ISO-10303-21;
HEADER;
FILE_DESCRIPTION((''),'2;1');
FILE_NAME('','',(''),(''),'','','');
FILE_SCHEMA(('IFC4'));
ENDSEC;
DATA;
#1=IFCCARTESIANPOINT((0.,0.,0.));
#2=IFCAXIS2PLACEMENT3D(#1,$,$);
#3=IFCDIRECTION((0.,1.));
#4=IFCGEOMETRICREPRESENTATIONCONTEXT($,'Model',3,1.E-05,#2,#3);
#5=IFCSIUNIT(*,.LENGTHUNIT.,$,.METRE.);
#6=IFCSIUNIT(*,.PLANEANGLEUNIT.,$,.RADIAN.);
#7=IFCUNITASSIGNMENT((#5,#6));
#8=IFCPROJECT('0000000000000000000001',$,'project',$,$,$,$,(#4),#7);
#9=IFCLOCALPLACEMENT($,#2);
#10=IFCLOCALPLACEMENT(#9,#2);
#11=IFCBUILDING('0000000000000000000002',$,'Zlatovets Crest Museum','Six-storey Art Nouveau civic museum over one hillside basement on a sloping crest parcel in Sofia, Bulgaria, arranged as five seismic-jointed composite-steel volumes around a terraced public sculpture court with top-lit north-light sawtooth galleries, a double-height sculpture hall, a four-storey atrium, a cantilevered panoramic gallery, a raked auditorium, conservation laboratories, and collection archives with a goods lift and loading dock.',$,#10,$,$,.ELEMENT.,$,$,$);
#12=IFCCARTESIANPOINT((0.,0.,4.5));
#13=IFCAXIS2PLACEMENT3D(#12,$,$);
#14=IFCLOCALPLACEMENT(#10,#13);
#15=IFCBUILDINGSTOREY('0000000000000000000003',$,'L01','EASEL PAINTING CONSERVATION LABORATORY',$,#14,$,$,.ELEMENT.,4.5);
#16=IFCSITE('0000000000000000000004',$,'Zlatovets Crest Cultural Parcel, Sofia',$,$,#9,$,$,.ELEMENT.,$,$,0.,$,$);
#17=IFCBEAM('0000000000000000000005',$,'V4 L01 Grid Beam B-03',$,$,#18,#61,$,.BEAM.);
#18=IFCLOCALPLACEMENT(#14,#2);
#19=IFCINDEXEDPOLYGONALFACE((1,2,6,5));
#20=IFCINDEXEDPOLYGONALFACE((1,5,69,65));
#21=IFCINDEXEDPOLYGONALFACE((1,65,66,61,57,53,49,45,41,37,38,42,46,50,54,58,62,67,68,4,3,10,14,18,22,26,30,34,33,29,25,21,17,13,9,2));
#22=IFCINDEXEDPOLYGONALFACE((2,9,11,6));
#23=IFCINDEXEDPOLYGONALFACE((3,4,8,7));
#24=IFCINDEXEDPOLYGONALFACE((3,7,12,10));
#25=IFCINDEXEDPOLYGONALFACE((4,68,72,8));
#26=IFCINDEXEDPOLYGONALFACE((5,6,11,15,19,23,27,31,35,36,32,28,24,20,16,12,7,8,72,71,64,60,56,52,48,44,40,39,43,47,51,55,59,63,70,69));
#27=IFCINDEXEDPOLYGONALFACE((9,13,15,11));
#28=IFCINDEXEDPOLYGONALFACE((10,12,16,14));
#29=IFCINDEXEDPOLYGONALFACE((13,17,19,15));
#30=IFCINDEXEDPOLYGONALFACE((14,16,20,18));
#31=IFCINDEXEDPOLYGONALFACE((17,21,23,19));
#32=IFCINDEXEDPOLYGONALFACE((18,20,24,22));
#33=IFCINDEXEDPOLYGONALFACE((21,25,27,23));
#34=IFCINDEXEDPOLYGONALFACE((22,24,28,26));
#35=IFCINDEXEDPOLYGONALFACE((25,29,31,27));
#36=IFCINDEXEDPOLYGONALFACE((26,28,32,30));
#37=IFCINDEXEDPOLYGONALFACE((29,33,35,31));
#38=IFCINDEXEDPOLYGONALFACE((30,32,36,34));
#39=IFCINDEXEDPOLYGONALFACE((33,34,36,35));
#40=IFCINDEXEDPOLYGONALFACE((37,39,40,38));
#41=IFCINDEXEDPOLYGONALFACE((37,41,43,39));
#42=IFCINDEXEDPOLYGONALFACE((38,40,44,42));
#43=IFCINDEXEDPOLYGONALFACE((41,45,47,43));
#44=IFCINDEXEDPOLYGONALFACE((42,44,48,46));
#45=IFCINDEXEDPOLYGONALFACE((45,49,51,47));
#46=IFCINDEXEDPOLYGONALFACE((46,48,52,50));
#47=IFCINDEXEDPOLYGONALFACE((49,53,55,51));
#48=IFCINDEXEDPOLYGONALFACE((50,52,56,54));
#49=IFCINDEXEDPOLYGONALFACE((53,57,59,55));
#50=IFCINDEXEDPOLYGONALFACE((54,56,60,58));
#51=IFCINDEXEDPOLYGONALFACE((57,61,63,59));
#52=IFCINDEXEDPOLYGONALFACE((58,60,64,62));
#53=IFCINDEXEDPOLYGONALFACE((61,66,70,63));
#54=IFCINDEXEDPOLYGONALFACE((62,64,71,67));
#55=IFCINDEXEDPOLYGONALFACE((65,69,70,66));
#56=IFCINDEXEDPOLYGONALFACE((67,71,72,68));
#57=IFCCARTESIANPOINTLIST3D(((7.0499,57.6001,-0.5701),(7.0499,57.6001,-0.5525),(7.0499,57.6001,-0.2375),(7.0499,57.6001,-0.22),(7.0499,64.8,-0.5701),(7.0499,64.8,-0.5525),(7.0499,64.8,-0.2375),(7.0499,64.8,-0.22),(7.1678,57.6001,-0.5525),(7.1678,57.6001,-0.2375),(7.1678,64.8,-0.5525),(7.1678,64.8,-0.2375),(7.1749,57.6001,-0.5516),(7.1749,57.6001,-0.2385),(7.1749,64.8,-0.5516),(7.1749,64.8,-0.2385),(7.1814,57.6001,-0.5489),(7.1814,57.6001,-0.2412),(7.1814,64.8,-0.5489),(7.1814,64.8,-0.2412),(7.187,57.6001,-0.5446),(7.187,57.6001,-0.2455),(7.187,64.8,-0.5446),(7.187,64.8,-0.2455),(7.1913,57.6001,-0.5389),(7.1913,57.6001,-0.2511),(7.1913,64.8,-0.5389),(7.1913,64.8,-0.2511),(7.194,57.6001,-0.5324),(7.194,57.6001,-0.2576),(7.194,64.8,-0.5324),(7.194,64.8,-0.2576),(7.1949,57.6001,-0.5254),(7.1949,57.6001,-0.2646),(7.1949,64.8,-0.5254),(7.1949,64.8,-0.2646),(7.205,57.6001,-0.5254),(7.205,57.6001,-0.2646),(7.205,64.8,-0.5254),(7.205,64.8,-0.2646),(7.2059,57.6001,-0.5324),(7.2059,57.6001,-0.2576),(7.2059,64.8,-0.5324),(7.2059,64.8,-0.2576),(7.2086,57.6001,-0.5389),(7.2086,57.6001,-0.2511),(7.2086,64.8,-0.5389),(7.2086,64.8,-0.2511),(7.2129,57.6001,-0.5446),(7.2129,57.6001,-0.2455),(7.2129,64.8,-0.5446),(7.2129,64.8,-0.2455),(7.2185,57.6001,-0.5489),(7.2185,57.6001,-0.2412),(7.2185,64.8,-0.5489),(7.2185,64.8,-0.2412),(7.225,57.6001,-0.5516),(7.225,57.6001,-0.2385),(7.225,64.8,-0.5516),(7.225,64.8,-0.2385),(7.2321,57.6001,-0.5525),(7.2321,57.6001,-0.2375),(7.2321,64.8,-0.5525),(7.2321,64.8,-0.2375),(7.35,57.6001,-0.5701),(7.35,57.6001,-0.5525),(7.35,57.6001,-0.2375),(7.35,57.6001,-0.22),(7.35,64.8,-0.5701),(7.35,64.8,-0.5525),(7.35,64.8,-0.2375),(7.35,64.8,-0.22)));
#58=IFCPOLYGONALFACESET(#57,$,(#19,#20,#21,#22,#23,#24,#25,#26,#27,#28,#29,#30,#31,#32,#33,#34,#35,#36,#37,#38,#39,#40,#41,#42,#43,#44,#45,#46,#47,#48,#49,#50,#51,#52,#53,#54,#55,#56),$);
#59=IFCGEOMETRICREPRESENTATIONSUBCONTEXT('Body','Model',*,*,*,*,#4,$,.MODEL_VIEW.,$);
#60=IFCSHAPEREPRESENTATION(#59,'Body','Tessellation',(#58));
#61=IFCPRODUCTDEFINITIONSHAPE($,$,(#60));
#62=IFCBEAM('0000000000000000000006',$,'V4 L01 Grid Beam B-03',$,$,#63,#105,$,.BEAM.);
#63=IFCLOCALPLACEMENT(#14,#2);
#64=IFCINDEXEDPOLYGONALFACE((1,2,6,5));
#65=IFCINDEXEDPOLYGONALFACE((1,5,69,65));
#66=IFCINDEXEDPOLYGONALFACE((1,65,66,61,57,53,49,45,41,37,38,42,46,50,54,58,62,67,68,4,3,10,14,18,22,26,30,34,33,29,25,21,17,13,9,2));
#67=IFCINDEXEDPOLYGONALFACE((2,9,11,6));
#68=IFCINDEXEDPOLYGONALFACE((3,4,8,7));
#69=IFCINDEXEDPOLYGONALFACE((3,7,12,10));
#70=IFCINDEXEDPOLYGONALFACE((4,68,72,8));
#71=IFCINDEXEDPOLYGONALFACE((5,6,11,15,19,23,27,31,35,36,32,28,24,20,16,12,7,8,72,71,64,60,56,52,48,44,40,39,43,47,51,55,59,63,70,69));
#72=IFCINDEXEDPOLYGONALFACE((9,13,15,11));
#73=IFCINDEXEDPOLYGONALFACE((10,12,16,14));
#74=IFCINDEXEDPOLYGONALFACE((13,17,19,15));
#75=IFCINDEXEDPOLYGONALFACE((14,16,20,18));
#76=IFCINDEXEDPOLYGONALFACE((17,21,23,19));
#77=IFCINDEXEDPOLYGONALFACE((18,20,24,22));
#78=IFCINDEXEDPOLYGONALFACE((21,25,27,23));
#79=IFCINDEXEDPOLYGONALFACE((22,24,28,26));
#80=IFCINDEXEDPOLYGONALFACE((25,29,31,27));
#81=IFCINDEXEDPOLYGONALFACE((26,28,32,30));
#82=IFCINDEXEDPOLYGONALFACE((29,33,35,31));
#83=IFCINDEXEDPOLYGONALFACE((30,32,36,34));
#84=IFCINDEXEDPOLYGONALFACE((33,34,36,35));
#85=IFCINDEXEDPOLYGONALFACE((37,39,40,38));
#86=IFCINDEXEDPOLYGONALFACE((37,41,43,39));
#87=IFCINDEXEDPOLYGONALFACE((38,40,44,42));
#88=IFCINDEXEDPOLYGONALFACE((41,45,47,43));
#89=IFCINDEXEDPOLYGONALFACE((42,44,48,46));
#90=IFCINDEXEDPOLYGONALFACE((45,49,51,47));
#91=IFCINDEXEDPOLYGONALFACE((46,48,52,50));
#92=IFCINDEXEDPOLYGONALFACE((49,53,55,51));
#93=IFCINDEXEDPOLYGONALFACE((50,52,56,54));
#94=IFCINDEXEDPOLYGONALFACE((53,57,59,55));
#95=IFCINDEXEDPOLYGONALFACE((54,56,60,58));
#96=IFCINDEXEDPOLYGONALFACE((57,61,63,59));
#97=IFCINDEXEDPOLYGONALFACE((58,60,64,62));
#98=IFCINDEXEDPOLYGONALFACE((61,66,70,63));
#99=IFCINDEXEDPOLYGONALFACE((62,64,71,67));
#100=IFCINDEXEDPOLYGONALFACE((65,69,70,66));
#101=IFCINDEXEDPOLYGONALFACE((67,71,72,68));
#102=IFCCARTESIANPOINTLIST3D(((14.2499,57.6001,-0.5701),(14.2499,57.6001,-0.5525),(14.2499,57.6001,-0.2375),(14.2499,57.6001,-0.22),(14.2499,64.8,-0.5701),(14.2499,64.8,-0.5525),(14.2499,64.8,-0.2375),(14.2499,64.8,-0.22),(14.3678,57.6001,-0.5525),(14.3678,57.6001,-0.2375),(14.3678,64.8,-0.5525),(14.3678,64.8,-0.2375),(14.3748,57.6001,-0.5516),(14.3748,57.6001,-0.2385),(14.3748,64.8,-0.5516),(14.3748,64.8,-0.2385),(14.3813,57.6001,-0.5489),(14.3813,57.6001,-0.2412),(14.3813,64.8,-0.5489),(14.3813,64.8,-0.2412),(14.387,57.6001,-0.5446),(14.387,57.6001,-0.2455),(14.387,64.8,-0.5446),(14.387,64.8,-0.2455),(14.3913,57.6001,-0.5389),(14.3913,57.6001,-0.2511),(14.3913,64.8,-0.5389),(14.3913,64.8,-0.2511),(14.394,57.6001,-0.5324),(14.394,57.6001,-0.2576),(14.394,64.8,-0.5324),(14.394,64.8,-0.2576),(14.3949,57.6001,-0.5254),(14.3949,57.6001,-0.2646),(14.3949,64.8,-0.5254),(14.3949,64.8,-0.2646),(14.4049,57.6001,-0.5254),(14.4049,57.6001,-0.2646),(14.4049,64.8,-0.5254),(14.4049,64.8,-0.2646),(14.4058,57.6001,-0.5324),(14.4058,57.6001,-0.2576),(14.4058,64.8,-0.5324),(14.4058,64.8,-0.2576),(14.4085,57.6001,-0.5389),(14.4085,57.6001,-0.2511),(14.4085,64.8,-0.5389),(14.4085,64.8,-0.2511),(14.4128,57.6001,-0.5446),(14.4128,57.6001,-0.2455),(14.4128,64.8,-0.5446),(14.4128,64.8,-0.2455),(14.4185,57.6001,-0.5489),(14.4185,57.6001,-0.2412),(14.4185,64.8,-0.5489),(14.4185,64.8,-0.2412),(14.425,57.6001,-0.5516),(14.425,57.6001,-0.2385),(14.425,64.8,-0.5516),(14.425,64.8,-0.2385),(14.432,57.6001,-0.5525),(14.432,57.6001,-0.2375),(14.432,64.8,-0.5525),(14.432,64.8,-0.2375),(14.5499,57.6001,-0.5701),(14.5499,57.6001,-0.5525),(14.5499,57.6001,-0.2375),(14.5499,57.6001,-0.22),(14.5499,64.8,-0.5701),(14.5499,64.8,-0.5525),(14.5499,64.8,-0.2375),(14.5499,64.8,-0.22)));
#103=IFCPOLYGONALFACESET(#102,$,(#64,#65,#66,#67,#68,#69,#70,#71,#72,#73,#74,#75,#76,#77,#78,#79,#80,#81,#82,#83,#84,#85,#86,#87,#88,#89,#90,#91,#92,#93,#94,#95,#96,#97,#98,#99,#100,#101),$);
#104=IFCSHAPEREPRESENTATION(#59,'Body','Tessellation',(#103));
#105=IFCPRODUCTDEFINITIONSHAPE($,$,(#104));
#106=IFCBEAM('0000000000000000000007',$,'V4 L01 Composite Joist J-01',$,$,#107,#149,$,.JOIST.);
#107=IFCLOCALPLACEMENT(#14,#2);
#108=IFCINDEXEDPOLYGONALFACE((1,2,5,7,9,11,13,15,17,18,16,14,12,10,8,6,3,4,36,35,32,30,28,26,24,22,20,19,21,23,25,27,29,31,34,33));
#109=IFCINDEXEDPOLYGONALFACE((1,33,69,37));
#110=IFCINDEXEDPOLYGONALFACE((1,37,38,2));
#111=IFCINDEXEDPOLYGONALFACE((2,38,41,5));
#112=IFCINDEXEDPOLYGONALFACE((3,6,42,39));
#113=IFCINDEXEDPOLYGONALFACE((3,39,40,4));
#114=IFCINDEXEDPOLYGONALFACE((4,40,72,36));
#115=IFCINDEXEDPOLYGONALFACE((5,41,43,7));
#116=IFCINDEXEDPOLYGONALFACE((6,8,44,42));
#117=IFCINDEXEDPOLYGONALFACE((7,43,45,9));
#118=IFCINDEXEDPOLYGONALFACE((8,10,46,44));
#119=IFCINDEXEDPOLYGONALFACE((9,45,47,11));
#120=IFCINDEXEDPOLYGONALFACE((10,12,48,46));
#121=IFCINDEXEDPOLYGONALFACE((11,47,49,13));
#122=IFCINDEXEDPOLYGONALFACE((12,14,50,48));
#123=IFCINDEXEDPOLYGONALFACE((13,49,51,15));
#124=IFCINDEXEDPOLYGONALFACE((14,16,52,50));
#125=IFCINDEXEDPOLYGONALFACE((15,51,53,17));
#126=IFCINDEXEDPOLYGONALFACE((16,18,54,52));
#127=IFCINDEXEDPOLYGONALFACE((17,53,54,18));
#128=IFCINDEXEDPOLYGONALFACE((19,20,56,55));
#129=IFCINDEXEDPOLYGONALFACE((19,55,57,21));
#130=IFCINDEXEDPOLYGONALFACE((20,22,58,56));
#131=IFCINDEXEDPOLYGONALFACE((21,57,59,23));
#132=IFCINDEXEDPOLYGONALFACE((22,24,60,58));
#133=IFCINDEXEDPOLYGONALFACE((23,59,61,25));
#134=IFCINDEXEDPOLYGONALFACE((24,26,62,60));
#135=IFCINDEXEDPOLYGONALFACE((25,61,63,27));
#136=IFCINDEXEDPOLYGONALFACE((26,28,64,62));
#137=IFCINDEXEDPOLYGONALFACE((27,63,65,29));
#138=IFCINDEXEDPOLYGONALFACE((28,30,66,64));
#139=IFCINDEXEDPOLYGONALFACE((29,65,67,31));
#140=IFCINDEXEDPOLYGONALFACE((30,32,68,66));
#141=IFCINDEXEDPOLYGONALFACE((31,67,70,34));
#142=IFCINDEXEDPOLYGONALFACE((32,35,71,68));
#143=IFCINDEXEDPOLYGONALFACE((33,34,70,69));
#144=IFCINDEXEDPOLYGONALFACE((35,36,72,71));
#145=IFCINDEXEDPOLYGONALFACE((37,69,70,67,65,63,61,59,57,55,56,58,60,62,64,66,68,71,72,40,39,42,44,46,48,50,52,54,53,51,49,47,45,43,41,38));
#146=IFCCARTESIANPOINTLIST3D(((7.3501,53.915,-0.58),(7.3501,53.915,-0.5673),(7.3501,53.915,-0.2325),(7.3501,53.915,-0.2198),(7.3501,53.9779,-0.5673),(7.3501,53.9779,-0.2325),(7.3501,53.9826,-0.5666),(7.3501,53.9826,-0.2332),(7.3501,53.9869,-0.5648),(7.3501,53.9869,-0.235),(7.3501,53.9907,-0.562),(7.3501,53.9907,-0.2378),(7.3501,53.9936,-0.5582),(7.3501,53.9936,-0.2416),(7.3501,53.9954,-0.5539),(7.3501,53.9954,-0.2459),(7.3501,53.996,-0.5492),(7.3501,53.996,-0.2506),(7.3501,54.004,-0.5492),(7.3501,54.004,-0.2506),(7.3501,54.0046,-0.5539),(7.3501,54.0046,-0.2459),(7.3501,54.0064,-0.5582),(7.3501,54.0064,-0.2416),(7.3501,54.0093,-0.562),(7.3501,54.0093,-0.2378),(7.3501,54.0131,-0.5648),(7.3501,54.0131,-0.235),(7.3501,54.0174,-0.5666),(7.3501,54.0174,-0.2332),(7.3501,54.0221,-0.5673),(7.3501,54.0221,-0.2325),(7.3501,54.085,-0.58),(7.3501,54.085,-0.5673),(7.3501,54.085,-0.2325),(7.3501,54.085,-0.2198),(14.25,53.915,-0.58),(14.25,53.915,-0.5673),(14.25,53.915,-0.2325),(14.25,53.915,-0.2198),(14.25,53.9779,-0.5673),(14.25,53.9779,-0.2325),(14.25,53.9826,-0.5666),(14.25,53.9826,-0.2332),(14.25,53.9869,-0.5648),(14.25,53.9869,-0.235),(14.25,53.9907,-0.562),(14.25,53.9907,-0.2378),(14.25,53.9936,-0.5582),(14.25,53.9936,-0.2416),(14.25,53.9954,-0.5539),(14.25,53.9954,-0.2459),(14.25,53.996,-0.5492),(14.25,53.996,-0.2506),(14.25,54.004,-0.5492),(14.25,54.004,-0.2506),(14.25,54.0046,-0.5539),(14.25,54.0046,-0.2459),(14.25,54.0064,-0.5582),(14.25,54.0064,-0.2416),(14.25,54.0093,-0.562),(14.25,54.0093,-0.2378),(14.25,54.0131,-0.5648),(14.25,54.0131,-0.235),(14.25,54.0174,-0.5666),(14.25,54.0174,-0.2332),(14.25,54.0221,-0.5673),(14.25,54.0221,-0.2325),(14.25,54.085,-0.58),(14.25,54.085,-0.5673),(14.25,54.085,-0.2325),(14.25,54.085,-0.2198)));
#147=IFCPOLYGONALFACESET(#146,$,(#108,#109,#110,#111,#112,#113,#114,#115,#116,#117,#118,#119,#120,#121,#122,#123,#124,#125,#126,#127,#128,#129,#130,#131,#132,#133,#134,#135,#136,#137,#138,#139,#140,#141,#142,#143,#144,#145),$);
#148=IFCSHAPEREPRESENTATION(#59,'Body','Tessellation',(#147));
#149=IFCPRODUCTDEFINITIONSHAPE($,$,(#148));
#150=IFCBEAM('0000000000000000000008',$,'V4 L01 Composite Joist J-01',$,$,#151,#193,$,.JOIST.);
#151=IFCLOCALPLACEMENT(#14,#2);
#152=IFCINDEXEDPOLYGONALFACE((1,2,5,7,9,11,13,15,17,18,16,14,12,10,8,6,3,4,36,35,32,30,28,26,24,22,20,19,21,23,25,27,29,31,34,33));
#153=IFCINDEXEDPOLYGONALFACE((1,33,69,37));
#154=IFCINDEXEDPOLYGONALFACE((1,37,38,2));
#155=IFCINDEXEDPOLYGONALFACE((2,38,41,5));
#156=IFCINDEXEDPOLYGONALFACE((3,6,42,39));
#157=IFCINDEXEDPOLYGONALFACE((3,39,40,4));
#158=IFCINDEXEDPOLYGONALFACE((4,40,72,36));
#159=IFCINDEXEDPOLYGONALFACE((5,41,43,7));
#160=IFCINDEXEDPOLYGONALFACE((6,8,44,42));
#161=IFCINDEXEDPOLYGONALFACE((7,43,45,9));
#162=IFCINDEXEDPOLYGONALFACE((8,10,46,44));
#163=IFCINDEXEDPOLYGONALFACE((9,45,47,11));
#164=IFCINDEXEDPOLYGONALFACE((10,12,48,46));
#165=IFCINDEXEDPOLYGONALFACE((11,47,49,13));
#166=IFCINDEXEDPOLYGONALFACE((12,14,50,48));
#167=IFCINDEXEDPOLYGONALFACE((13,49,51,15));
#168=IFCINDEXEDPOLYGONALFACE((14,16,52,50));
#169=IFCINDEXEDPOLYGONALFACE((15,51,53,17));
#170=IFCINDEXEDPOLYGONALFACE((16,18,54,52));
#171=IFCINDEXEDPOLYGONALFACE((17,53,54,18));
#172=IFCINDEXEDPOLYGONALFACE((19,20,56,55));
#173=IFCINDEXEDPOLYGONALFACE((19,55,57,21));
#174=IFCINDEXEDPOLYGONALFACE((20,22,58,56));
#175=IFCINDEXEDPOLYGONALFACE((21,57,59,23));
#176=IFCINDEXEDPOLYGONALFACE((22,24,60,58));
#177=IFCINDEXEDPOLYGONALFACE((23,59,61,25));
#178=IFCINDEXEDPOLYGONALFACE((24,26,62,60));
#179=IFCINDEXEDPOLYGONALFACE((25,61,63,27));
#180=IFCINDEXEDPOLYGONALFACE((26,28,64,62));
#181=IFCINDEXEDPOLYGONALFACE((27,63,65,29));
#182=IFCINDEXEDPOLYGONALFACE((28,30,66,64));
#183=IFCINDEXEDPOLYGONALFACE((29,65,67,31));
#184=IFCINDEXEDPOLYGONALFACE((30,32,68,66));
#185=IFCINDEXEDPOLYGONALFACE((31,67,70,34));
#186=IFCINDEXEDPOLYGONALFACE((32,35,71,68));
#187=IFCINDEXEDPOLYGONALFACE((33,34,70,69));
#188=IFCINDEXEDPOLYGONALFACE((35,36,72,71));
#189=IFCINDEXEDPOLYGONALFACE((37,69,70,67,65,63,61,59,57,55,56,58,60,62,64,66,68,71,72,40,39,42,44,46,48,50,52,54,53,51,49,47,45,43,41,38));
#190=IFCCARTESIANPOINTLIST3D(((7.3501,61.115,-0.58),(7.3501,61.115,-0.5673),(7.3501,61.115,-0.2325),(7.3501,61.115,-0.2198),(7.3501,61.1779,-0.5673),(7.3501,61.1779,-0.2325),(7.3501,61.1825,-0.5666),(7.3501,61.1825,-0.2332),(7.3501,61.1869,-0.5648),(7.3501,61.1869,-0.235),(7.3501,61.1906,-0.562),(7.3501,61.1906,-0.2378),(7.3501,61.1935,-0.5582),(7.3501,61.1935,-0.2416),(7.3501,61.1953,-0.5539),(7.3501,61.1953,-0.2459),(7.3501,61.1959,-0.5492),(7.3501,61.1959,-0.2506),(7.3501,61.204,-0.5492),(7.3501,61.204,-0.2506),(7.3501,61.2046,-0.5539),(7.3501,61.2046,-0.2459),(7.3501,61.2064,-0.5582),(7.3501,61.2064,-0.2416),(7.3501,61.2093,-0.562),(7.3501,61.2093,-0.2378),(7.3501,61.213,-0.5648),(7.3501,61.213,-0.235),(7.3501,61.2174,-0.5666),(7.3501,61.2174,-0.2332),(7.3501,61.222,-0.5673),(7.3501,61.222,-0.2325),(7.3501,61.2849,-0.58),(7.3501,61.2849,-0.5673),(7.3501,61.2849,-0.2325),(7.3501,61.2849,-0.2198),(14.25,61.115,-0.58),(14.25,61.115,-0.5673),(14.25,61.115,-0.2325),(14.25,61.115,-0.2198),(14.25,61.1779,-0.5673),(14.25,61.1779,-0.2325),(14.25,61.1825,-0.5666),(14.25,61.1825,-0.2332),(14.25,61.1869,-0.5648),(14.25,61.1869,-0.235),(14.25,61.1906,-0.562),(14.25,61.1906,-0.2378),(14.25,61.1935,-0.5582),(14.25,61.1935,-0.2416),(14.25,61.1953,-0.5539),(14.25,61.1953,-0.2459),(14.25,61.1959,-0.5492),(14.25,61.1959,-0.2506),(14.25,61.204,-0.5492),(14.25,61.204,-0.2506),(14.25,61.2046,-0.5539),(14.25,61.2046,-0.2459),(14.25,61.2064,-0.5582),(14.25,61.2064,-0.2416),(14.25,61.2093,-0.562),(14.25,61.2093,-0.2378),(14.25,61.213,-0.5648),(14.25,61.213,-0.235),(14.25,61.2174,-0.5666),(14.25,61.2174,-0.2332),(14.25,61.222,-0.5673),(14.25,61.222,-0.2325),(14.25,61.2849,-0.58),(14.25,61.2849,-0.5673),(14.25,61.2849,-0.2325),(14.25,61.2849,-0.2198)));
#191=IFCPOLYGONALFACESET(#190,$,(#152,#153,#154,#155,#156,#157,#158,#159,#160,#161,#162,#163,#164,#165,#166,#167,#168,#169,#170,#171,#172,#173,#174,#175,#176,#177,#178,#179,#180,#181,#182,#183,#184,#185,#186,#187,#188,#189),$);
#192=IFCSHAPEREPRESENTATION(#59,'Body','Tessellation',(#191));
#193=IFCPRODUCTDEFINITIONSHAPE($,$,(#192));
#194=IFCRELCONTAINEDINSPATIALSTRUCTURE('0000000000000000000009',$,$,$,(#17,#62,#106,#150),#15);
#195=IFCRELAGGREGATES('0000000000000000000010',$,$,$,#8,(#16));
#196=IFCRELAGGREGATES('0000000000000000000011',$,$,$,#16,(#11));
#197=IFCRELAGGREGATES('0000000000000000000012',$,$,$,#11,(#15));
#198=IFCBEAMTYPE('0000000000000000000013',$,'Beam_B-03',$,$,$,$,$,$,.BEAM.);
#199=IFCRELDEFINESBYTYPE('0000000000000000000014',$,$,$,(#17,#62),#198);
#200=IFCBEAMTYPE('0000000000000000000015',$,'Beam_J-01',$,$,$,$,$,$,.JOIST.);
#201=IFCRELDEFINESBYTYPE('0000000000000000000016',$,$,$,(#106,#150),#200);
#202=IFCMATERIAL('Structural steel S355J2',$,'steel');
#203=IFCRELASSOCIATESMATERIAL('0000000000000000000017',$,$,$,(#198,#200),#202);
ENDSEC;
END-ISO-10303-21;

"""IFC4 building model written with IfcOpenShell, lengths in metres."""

from ifc_helpers import new_model, si_unit, direction, frame, origin, origin_2d, place, context, subcontext, project, spatial, i_section, extrude, material, material_profile, profile_set, type_object, element, save


model = new_model("IFC4")

# Units and contexts
model_context = context("Model", 3, precision=1e-05, world=origin(), true_north=direction((0.0, 1.0)))
body_context = subcontext(model_context, "Body", "Model", "MODEL_VIEW")
ifc_project = project(units=[si_unit("LENGTHUNIT", "METRE"), si_unit("PLANEANGLEUNIT", "RADIAN")], contexts=[model_context])

# Site, building, storey
site_placement = place(None, origin())
site = spatial("IfcSite", under=ifc_project, at=site_placement, Name="Zlatovets Crest Cultural Parcel, Sofia", CompositionType="ELEMENT", RefElevation=0.0)
building_placement = place(site_placement, origin())
building = spatial("IfcBuilding", under=site, at=building_placement, Name="Zlatovets Crest Museum", Description="Six-storey Art Nouveau civic museum over one hillside basement on a sloping crest parcel in Sofia, Bulgaria, arranged as five seismic-jointed composite-steel volumes around a terraced public sculpture court with top-lit north-light sawtooth galleries, a double-height sculpture hall, a four-storey atrium, a cantilevered panoramic gallery, a raked auditorium, conservation laboratories, and collection archives with a goods lift and loading dock.", CompositionType="ELEMENT")
storey_placement = place(building_placement, frame((0.0, 0.0, 4.5)))
storey = spatial("IfcBuildingStorey", under=building, at=storey_placement, Name="L01", Description="EASEL PAINTING CONSERVATION LABORATORY", CompositionType="ELEMENT", Elevation=4.5)

# Shared definitions
ifc_material_1 = material(Name="Structural steel S355J2", Category="steel")

# Beams
ifc_material_profile_1 = material_profile(ifc_material_1, i_section(OverallWidth=0.3, OverallDepth=0.3501, WebThickness=0.01, FlangeThickness=0.0176, FilletRadius=0.0271, at=origin_2d()), Name="HEA 360")
ifc_profile_set_1 = profile_set([ifc_material_profile_1], Name="Structural steel S355J2")
beam_type_1 = type_object("IfcBeamType", Name="Beam_B-03", PredefinedType="BEAM", material=ifc_profile_set_1)
for number, where, z_axis, x_axis, name in (
    (1, (7.2, 57.6001, -0.395), (0.0, 1.0, 0.0), (-1.0, 0.0, 0.0), "V4 L01 Grid Beam B-03"),
    (2, (14.3999, 57.6001, -0.395), (0.0, 1.0, 0.0), (-1.0, 0.0, 0.0), "V4 L01 Grid Beam B-03"),
):
    element("IfcBeam", number, at=place(storey_placement, frame(where, z_axis=z_axis, x_axis=x_axis)), inside=storey, type_object=beam_type_1, Name=name, PredefinedType="BEAM", context=body_context, shape_type="SweptSolid", body=[
        extrude(i_section(OverallWidth=0.3, OverallDepth=0.3501, WebThickness=0.01, FlangeThickness=0.0176, FilletRadius=0.0271, at=origin_2d()), origin(), (0.0, 0.0, 1.0), 7.2),
    ])
ifc_material_profile_2 = material_profile(ifc_material_1, i_section(OverallWidth=0.1699, OverallDepth=0.3601, WebThickness=0.0081, FlangeThickness=0.0127, FilletRadius=0.0181, at=origin_2d()), Name="IPE 360")
ifc_profile_set_2 = profile_set([ifc_material_profile_2], Name="Structural steel S355J2")
beam_type_2 = type_object("IfcBeamType", Name="Beam_J-01", PredefinedType="JOIST", material=ifc_profile_set_2)
for number, where, z_axis, x_axis, name in (
    (3, (7.3501, 54.0, -0.3999), (1.0, 0.0, 0.0), (0.0, 1.0, 0.0), "V4 L01 Composite Joist J-01"),
    (4, (7.3501, 61.2, -0.3999), (1.0, 0.0, 0.0), (0.0, 1.0, 0.0), "V4 L01 Composite Joist J-01"),
):
    element("IfcBeam", number, at=place(storey_placement, frame(where, z_axis=z_axis, x_axis=x_axis)), inside=storey, type_object=beam_type_2, Name=name, PredefinedType="JOIST", context=body_context, shape_type="SweptSolid", body=[
        extrude(i_section(OverallWidth=0.1699, OverallDepth=0.3601, WebThickness=0.0081, FlangeThickness=0.0127, FilletRadius=0.0181, at=origin_2d()), origin(), (0.0, 0.0, 1.0), 6.8999),
    ])

save(model, "model.ifc")
